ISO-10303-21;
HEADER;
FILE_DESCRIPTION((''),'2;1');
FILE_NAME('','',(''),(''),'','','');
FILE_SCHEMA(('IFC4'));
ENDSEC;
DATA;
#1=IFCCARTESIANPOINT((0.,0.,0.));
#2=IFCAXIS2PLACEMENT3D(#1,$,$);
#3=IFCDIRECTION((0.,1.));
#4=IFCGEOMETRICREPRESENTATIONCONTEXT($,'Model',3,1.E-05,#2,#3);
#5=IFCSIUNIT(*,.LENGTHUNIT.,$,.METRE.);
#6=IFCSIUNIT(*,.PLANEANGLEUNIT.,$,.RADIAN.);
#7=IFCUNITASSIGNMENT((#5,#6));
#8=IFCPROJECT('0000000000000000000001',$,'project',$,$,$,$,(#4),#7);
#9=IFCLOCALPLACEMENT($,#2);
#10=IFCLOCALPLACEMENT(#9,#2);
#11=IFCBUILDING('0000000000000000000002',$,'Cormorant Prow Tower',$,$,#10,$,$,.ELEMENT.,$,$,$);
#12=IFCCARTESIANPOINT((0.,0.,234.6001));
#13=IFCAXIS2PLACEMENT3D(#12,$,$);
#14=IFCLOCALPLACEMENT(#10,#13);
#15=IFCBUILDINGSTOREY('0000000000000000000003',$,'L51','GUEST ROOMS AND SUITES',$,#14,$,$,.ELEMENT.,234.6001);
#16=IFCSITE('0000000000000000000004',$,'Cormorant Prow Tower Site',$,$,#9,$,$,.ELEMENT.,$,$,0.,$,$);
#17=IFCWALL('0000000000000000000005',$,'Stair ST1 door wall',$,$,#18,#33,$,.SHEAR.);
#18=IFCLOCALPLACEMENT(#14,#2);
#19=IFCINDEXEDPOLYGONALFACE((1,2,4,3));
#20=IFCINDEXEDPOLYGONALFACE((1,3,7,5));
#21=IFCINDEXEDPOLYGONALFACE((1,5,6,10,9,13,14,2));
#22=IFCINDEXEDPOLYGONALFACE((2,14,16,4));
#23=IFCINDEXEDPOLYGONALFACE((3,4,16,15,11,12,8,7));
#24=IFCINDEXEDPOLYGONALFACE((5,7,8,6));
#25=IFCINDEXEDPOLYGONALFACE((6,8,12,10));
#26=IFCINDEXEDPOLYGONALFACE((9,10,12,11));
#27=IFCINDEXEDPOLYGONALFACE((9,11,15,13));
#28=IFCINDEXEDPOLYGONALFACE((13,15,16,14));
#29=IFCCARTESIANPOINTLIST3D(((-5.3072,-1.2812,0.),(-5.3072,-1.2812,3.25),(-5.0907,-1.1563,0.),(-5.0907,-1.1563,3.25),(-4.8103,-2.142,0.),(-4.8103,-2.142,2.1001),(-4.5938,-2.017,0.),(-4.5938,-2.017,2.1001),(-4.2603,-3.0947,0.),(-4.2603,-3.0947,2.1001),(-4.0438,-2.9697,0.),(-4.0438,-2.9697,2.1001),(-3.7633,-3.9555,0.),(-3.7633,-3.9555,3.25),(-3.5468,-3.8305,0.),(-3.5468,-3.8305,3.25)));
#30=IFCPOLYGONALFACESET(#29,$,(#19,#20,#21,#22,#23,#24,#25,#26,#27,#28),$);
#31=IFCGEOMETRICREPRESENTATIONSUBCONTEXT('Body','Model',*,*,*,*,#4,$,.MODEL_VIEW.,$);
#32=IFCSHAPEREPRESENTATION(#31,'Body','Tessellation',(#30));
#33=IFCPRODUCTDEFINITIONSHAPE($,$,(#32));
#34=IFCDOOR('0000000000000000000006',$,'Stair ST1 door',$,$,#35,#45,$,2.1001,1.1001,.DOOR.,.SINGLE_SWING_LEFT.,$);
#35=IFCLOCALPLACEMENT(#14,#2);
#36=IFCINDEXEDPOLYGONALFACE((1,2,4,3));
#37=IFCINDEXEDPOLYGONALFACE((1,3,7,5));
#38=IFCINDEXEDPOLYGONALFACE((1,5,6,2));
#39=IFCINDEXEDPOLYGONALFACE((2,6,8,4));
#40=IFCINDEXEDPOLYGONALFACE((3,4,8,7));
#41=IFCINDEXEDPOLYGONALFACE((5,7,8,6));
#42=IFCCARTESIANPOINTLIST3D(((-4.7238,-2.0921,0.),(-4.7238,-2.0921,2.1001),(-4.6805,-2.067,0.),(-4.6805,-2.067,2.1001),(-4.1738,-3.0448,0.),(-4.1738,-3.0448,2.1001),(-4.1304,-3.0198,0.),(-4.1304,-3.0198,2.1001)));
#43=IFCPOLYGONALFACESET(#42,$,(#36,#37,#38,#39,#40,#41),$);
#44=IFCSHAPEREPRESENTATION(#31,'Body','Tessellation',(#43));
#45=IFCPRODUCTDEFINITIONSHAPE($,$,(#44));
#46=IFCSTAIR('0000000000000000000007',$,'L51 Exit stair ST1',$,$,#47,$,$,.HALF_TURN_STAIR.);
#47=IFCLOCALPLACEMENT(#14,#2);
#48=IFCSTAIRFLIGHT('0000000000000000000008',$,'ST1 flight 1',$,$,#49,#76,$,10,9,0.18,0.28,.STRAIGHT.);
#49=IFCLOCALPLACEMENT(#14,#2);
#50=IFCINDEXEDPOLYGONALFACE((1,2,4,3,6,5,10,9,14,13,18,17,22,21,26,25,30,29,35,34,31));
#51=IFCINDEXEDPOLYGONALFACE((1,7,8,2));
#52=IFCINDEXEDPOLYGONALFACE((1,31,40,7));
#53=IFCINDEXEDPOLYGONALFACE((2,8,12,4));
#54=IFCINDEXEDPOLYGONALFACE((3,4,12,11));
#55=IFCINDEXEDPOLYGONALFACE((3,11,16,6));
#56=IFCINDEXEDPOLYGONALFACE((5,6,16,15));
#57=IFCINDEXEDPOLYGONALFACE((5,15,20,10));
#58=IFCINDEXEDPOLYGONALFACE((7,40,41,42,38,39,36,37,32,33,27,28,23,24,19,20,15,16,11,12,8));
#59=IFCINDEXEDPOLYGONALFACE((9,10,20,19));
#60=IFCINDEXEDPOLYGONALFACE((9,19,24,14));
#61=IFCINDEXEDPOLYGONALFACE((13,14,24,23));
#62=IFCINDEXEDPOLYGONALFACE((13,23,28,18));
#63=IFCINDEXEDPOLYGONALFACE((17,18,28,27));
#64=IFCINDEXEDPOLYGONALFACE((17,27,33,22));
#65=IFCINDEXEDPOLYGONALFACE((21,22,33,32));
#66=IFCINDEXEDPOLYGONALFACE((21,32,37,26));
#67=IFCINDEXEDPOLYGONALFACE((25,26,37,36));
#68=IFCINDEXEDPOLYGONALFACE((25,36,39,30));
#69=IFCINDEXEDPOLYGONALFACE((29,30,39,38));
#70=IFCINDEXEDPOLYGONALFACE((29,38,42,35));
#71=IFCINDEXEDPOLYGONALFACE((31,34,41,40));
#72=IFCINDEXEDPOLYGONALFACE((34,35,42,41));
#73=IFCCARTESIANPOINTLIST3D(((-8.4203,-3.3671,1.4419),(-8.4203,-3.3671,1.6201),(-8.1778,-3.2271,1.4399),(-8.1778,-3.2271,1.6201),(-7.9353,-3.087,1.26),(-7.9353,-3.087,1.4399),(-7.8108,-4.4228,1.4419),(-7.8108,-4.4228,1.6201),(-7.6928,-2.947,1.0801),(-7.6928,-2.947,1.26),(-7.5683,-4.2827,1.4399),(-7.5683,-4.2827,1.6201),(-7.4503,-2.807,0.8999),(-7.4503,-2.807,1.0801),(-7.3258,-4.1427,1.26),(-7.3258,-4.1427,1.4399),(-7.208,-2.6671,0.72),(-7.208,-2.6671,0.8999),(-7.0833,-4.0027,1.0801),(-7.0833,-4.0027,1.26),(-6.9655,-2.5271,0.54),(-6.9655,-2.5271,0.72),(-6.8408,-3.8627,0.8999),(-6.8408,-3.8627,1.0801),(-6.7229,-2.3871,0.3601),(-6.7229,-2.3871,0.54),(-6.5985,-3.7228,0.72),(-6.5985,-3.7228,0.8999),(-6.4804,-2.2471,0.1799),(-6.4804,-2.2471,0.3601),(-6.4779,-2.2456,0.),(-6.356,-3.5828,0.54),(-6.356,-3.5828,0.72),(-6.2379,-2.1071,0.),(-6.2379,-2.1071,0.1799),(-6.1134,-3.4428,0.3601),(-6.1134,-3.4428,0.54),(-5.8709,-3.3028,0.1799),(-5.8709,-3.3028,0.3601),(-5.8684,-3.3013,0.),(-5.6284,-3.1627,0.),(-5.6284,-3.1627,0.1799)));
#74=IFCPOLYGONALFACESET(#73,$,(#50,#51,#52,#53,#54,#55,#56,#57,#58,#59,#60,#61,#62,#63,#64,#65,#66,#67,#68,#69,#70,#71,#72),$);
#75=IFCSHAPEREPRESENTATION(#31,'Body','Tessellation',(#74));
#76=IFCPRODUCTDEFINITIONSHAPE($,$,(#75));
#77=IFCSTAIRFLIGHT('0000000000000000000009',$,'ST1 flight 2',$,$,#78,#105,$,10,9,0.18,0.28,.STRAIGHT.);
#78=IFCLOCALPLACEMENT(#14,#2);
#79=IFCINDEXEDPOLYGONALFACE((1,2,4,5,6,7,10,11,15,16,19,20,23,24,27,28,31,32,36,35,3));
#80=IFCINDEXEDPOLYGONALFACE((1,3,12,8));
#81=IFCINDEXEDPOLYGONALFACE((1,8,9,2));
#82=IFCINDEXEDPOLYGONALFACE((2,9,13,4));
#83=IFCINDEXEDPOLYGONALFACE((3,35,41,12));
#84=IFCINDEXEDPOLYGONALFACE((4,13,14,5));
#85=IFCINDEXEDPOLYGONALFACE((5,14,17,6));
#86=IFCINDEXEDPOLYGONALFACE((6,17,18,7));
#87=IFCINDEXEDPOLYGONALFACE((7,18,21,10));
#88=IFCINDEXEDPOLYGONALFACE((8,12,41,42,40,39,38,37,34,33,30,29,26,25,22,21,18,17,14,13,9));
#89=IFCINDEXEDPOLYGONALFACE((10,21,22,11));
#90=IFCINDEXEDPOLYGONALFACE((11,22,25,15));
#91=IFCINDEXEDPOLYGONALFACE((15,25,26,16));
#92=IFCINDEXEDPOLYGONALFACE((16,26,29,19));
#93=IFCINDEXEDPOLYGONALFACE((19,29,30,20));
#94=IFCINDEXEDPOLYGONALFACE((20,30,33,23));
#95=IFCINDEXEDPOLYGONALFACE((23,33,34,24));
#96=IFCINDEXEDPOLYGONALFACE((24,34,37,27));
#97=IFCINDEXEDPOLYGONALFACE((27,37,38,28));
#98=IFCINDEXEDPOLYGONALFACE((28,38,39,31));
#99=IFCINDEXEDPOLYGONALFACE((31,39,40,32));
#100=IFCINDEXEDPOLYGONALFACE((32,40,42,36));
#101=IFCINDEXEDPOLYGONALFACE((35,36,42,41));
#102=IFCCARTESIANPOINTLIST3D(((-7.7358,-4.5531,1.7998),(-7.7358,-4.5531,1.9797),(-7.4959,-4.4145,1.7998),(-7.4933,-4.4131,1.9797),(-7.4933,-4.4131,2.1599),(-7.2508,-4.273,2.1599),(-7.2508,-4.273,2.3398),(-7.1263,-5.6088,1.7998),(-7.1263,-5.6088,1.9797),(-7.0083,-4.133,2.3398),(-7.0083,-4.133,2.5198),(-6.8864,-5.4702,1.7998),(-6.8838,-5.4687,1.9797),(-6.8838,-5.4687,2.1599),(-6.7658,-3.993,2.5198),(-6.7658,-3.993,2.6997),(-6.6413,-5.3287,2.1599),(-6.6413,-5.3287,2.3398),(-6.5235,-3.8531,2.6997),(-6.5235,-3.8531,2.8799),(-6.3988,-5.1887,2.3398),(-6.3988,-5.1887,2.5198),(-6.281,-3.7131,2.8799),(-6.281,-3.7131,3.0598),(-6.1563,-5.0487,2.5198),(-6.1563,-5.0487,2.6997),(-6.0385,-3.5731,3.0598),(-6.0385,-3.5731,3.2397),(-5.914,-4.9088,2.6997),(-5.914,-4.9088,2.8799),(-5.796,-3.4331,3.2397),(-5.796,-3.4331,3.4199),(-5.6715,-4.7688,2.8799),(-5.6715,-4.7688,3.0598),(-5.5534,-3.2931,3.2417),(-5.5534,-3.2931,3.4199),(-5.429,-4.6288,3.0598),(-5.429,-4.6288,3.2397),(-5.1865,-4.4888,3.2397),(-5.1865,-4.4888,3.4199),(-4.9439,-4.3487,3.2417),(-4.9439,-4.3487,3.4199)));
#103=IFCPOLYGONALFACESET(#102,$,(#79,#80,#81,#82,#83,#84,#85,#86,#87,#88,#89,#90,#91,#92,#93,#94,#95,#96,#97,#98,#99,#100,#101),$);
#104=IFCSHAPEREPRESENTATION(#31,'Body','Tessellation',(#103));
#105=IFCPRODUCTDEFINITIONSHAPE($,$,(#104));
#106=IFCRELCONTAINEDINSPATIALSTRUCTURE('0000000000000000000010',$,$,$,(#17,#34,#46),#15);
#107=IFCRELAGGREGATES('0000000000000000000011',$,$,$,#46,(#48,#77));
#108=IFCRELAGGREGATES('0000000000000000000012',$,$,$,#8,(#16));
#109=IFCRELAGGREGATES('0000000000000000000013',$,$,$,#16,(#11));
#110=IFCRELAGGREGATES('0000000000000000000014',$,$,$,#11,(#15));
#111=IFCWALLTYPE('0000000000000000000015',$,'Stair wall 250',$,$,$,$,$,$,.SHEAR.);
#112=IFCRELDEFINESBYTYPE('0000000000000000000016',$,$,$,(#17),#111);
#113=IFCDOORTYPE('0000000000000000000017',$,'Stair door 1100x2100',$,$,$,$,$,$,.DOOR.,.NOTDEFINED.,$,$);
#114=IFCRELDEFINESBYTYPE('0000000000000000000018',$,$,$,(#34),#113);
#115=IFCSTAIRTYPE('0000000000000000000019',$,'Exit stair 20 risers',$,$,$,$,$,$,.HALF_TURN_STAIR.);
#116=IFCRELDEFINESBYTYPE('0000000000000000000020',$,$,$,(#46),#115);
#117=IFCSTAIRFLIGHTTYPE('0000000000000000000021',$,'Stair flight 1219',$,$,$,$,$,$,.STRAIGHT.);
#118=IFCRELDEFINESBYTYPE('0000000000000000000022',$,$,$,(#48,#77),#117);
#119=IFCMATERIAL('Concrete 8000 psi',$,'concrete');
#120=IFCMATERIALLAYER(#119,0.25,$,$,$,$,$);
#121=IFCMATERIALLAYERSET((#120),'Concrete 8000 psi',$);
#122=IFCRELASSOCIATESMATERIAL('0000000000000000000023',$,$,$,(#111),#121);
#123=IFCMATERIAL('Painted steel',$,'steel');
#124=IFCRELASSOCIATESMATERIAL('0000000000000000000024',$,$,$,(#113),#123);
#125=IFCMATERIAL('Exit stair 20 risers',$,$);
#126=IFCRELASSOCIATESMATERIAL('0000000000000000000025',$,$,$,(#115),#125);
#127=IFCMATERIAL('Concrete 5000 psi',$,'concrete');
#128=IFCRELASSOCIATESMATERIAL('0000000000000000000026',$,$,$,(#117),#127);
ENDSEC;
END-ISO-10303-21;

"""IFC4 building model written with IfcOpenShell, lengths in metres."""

from ifc_helpers import new_model, si_unit, direction, frame, frame_2d, origin, place, context, subcontext, project, spatial, polyline, rectangle, outline, extrude, material, layer, layer_set, type_object, element, fill, aggregate, save


model = new_model("IFC4")

# Units and contexts
model_context = context("Model", 3, precision=1e-05, world=origin(), true_north=direction((0.0, 1.0)))
body_context = subcontext(model_context, "Body", "Model", "MODEL_VIEW")
ifc_project = project(units=[si_unit("LENGTHUNIT", "METRE"), si_unit("PLANEANGLEUNIT", "RADIAN")], contexts=[model_context])

# Site, building, storey
site_placement = place(None, origin())
site = spatial("IfcSite", under=ifc_project, at=site_placement, Name="Cormorant Prow Tower Site", CompositionType="ELEMENT", RefElevation=0.0)
building_placement = place(site_placement, origin())
building = spatial("IfcBuilding", under=site, at=building_placement, Name="Cormorant Prow Tower", CompositionType="ELEMENT")
storey_placement = place(building_placement, frame((0.0, 0.0, 234.6001)))
storey = spatial("IfcBuildingStorey", under=building, at=storey_placement, Name="L51", Description="GUEST ROOMS AND SUITES", CompositionType="ELEMENT", Elevation=234.6001)

# Wall, opening, door
ifc_material_1 = material(Name="Concrete 8000 psi", Category="concrete")
ifc_layer_1 = layer(ifc_material_1, 0.25)
ifc_layer_set_1 = layer_set([ifc_layer_1], Name="Concrete 8000 psi")
wall_type_1 = type_object("IfcWallType", Name="Stair wall 250", PredefinedType="SHEAR", material=ifc_layer_set_1)
wall_1_placement = place(storey_placement, frame((-5.199, -1.2188, 0.0), z_axis=(0.0, 0.0, 1.0), x_axis=(0.499983, -0.866035, 0.0)))
wall_1 = element("IfcWall", 1, at=wall_1_placement, inside=storey, type_object=wall_type_1, Name="Stair ST1 door wall", PredefinedType="SHEAR", context=body_context, shape_type="SweptSolid", body=[
    extrude(rectangle(XDim=3.0879, YDim=0.25, at=frame_2d((1.5439, 0.0))), origin(), (0.0, 0.0, 1.0), 3.25),
])
opening_1_placement = place(wall_1_placement, frame((0.9939, 0.0, 0.0)))
opening_1 = element("IfcOpeningElement", 2, at=opening_1_placement, cuts=wall_1, PredefinedType="OPENING", context=body_context, shape_type="SweptSolid", body=[
    extrude(rectangle(XDim=1.1001, YDim=2.1001, at=frame_2d((0.55, 1.05))), frame((0.0, 0.135, 0.0), z_axis=(0.0, -1.0, 0.0), x_axis=(1.0, 0.0, 0.0)), (0.0, 0.0, 1.0), 0.27),
])
ifc_material_2 = material(Name="Painted steel", Category="steel")
door_type_1 = type_object("IfcDoorType", Name="Stair door 1100x2100", OperationType="NOTDEFINED", PredefinedType="DOOR", material=ifc_material_2)
door_1_placement = place(opening_1_placement, origin())
door_1 = element("IfcDoor", 3, at=door_1_placement, inside=storey, type_object=door_type_1, Name="Stair ST1 door", OperationType="SINGLE_SWING_LEFT", OverallHeight=2.1001, OverallWidth=1.1001, PredefinedType="DOOR", context=body_context, shape_type="SweptSolid", body=[
    extrude(rectangle(XDim=1.1001, YDim=2.1001, at=frame_2d((0.55, 1.05))), frame((0.0, 0.0249, 0.0), z_axis=(0.0, -1.0, 0.0), x_axis=(1.0, 0.0, 0.0)), (0.0, 0.0, 1.0), 0.05),
])
fill(opening_1, door_1)

# Stair, stair flights
ifc_material_3 = material(Name="Exit stair 20 risers")
stair_type = type_object("IfcStairType", Name="Exit stair 20 risers", PredefinedType="HALF_TURN_STAIR", material=ifc_material_3)
stair_placement = place(storey_placement, origin())
stair = element("IfcStair", 4, at=stair_placement, inside=storey, type_object=stair_type, Name="L51 Exit stair ST1", PredefinedType="HALF_TURN_STAIR")
ifc_material_4 = material(Name="Concrete 5000 psi", Category="concrete")
stair_flight_type = type_object("IfcStairFlightType", Name="Stair flight 1219", PredefinedType="STRAIGHT", material=ifc_material_4)
stair_flight_1_placement = place(storey_placement, frame((-5.9331, -2.635, 0.0), z_axis=(0.0, 0.0, 1.0), x_axis=(-0.866025, -0.5, 0.0)))
stair_flight_1 = element("IfcStairFlight", 5, at=stair_flight_1_placement, type_object=stair_flight_type, Name="ST1 flight 1", NumberOfRisers=10, NumberOfTreads=9, PredefinedType="STRAIGHT", RiserHeight=0.18, TreadLength=0.28, context=body_context, shape_type="SweptSolid", body=[
    extrude(outline(polyline([(0.0, 0.0), (0.0, 0.1799), (0.28, 0.1799), (0.28, 0.3601), (0.5601, 0.3601), (0.5601, 0.54), (0.8401, 0.54), (0.8401, 0.72), (1.1201, 0.72), (1.1201, 0.8999), (1.3999, 0.8999), (1.3999, 1.0801), (1.6799, 1.0801), (1.6799, 1.26), (1.96, 1.26), (1.96, 1.4399), (2.24, 1.4399), (2.24, 1.6201), (2.52, 1.6201), (2.52, 1.8), (2.52, 1.4419), (0.2771, 0.0), (0.0, 0.0)])), frame((0.0, 0.6094, 0.0), z_axis=(0.0, -1.0, 0.0), x_axis=(1.0, 0.0, 0.0)), (0.0, 0.0, 1.0), 1.219),
])
stair_flight_2_placement = place(storey_placement, frame((-7.4312, -5.0808, 1.7998), z_axis=(0.0, 0.0, 1.0), x_axis=(0.866025, 0.5, 0.0)))
stair_flight_2 = element("IfcStairFlight", 6, at=stair_flight_2_placement, type_object=stair_flight_type, Name="ST1 flight 2", NumberOfRisers=10, NumberOfTreads=9, PredefinedType="STRAIGHT", RiserHeight=0.18, TreadLength=0.28, context=body_context, shape_type="SweptSolid", body=[
    extrude(outline(polyline([(0.0, 0.0), (0.0, 0.1799), (0.28, 0.1799), (0.28, 0.3601), (0.5601, 0.3601), (0.5601, 0.54), (0.8401, 0.54), (0.8401, 0.72), (1.1201, 0.72), (1.1201, 0.8999), (1.3999, 0.8999), (1.3999, 1.0801), (1.6799, 1.0801), (1.6799, 1.26), (1.96, 1.26), (1.96, 1.4399), (2.24, 1.4399), (2.24, 1.6201), (2.52, 1.6201), (2.52, 1.8), (2.52, 1.4419), (0.2771, 0.0), (0.0, 0.0)])), frame((0.0, 0.6094, 0.0), z_axis=(0.0, -1.0, 0.0), x_axis=(1.0, 0.0, 0.0)), (0.0, 0.0, 1.0), 1.219),
])
aggregate(stair, [stair_flight_1, stair_flight_2])

save(model, "model.ifc")
